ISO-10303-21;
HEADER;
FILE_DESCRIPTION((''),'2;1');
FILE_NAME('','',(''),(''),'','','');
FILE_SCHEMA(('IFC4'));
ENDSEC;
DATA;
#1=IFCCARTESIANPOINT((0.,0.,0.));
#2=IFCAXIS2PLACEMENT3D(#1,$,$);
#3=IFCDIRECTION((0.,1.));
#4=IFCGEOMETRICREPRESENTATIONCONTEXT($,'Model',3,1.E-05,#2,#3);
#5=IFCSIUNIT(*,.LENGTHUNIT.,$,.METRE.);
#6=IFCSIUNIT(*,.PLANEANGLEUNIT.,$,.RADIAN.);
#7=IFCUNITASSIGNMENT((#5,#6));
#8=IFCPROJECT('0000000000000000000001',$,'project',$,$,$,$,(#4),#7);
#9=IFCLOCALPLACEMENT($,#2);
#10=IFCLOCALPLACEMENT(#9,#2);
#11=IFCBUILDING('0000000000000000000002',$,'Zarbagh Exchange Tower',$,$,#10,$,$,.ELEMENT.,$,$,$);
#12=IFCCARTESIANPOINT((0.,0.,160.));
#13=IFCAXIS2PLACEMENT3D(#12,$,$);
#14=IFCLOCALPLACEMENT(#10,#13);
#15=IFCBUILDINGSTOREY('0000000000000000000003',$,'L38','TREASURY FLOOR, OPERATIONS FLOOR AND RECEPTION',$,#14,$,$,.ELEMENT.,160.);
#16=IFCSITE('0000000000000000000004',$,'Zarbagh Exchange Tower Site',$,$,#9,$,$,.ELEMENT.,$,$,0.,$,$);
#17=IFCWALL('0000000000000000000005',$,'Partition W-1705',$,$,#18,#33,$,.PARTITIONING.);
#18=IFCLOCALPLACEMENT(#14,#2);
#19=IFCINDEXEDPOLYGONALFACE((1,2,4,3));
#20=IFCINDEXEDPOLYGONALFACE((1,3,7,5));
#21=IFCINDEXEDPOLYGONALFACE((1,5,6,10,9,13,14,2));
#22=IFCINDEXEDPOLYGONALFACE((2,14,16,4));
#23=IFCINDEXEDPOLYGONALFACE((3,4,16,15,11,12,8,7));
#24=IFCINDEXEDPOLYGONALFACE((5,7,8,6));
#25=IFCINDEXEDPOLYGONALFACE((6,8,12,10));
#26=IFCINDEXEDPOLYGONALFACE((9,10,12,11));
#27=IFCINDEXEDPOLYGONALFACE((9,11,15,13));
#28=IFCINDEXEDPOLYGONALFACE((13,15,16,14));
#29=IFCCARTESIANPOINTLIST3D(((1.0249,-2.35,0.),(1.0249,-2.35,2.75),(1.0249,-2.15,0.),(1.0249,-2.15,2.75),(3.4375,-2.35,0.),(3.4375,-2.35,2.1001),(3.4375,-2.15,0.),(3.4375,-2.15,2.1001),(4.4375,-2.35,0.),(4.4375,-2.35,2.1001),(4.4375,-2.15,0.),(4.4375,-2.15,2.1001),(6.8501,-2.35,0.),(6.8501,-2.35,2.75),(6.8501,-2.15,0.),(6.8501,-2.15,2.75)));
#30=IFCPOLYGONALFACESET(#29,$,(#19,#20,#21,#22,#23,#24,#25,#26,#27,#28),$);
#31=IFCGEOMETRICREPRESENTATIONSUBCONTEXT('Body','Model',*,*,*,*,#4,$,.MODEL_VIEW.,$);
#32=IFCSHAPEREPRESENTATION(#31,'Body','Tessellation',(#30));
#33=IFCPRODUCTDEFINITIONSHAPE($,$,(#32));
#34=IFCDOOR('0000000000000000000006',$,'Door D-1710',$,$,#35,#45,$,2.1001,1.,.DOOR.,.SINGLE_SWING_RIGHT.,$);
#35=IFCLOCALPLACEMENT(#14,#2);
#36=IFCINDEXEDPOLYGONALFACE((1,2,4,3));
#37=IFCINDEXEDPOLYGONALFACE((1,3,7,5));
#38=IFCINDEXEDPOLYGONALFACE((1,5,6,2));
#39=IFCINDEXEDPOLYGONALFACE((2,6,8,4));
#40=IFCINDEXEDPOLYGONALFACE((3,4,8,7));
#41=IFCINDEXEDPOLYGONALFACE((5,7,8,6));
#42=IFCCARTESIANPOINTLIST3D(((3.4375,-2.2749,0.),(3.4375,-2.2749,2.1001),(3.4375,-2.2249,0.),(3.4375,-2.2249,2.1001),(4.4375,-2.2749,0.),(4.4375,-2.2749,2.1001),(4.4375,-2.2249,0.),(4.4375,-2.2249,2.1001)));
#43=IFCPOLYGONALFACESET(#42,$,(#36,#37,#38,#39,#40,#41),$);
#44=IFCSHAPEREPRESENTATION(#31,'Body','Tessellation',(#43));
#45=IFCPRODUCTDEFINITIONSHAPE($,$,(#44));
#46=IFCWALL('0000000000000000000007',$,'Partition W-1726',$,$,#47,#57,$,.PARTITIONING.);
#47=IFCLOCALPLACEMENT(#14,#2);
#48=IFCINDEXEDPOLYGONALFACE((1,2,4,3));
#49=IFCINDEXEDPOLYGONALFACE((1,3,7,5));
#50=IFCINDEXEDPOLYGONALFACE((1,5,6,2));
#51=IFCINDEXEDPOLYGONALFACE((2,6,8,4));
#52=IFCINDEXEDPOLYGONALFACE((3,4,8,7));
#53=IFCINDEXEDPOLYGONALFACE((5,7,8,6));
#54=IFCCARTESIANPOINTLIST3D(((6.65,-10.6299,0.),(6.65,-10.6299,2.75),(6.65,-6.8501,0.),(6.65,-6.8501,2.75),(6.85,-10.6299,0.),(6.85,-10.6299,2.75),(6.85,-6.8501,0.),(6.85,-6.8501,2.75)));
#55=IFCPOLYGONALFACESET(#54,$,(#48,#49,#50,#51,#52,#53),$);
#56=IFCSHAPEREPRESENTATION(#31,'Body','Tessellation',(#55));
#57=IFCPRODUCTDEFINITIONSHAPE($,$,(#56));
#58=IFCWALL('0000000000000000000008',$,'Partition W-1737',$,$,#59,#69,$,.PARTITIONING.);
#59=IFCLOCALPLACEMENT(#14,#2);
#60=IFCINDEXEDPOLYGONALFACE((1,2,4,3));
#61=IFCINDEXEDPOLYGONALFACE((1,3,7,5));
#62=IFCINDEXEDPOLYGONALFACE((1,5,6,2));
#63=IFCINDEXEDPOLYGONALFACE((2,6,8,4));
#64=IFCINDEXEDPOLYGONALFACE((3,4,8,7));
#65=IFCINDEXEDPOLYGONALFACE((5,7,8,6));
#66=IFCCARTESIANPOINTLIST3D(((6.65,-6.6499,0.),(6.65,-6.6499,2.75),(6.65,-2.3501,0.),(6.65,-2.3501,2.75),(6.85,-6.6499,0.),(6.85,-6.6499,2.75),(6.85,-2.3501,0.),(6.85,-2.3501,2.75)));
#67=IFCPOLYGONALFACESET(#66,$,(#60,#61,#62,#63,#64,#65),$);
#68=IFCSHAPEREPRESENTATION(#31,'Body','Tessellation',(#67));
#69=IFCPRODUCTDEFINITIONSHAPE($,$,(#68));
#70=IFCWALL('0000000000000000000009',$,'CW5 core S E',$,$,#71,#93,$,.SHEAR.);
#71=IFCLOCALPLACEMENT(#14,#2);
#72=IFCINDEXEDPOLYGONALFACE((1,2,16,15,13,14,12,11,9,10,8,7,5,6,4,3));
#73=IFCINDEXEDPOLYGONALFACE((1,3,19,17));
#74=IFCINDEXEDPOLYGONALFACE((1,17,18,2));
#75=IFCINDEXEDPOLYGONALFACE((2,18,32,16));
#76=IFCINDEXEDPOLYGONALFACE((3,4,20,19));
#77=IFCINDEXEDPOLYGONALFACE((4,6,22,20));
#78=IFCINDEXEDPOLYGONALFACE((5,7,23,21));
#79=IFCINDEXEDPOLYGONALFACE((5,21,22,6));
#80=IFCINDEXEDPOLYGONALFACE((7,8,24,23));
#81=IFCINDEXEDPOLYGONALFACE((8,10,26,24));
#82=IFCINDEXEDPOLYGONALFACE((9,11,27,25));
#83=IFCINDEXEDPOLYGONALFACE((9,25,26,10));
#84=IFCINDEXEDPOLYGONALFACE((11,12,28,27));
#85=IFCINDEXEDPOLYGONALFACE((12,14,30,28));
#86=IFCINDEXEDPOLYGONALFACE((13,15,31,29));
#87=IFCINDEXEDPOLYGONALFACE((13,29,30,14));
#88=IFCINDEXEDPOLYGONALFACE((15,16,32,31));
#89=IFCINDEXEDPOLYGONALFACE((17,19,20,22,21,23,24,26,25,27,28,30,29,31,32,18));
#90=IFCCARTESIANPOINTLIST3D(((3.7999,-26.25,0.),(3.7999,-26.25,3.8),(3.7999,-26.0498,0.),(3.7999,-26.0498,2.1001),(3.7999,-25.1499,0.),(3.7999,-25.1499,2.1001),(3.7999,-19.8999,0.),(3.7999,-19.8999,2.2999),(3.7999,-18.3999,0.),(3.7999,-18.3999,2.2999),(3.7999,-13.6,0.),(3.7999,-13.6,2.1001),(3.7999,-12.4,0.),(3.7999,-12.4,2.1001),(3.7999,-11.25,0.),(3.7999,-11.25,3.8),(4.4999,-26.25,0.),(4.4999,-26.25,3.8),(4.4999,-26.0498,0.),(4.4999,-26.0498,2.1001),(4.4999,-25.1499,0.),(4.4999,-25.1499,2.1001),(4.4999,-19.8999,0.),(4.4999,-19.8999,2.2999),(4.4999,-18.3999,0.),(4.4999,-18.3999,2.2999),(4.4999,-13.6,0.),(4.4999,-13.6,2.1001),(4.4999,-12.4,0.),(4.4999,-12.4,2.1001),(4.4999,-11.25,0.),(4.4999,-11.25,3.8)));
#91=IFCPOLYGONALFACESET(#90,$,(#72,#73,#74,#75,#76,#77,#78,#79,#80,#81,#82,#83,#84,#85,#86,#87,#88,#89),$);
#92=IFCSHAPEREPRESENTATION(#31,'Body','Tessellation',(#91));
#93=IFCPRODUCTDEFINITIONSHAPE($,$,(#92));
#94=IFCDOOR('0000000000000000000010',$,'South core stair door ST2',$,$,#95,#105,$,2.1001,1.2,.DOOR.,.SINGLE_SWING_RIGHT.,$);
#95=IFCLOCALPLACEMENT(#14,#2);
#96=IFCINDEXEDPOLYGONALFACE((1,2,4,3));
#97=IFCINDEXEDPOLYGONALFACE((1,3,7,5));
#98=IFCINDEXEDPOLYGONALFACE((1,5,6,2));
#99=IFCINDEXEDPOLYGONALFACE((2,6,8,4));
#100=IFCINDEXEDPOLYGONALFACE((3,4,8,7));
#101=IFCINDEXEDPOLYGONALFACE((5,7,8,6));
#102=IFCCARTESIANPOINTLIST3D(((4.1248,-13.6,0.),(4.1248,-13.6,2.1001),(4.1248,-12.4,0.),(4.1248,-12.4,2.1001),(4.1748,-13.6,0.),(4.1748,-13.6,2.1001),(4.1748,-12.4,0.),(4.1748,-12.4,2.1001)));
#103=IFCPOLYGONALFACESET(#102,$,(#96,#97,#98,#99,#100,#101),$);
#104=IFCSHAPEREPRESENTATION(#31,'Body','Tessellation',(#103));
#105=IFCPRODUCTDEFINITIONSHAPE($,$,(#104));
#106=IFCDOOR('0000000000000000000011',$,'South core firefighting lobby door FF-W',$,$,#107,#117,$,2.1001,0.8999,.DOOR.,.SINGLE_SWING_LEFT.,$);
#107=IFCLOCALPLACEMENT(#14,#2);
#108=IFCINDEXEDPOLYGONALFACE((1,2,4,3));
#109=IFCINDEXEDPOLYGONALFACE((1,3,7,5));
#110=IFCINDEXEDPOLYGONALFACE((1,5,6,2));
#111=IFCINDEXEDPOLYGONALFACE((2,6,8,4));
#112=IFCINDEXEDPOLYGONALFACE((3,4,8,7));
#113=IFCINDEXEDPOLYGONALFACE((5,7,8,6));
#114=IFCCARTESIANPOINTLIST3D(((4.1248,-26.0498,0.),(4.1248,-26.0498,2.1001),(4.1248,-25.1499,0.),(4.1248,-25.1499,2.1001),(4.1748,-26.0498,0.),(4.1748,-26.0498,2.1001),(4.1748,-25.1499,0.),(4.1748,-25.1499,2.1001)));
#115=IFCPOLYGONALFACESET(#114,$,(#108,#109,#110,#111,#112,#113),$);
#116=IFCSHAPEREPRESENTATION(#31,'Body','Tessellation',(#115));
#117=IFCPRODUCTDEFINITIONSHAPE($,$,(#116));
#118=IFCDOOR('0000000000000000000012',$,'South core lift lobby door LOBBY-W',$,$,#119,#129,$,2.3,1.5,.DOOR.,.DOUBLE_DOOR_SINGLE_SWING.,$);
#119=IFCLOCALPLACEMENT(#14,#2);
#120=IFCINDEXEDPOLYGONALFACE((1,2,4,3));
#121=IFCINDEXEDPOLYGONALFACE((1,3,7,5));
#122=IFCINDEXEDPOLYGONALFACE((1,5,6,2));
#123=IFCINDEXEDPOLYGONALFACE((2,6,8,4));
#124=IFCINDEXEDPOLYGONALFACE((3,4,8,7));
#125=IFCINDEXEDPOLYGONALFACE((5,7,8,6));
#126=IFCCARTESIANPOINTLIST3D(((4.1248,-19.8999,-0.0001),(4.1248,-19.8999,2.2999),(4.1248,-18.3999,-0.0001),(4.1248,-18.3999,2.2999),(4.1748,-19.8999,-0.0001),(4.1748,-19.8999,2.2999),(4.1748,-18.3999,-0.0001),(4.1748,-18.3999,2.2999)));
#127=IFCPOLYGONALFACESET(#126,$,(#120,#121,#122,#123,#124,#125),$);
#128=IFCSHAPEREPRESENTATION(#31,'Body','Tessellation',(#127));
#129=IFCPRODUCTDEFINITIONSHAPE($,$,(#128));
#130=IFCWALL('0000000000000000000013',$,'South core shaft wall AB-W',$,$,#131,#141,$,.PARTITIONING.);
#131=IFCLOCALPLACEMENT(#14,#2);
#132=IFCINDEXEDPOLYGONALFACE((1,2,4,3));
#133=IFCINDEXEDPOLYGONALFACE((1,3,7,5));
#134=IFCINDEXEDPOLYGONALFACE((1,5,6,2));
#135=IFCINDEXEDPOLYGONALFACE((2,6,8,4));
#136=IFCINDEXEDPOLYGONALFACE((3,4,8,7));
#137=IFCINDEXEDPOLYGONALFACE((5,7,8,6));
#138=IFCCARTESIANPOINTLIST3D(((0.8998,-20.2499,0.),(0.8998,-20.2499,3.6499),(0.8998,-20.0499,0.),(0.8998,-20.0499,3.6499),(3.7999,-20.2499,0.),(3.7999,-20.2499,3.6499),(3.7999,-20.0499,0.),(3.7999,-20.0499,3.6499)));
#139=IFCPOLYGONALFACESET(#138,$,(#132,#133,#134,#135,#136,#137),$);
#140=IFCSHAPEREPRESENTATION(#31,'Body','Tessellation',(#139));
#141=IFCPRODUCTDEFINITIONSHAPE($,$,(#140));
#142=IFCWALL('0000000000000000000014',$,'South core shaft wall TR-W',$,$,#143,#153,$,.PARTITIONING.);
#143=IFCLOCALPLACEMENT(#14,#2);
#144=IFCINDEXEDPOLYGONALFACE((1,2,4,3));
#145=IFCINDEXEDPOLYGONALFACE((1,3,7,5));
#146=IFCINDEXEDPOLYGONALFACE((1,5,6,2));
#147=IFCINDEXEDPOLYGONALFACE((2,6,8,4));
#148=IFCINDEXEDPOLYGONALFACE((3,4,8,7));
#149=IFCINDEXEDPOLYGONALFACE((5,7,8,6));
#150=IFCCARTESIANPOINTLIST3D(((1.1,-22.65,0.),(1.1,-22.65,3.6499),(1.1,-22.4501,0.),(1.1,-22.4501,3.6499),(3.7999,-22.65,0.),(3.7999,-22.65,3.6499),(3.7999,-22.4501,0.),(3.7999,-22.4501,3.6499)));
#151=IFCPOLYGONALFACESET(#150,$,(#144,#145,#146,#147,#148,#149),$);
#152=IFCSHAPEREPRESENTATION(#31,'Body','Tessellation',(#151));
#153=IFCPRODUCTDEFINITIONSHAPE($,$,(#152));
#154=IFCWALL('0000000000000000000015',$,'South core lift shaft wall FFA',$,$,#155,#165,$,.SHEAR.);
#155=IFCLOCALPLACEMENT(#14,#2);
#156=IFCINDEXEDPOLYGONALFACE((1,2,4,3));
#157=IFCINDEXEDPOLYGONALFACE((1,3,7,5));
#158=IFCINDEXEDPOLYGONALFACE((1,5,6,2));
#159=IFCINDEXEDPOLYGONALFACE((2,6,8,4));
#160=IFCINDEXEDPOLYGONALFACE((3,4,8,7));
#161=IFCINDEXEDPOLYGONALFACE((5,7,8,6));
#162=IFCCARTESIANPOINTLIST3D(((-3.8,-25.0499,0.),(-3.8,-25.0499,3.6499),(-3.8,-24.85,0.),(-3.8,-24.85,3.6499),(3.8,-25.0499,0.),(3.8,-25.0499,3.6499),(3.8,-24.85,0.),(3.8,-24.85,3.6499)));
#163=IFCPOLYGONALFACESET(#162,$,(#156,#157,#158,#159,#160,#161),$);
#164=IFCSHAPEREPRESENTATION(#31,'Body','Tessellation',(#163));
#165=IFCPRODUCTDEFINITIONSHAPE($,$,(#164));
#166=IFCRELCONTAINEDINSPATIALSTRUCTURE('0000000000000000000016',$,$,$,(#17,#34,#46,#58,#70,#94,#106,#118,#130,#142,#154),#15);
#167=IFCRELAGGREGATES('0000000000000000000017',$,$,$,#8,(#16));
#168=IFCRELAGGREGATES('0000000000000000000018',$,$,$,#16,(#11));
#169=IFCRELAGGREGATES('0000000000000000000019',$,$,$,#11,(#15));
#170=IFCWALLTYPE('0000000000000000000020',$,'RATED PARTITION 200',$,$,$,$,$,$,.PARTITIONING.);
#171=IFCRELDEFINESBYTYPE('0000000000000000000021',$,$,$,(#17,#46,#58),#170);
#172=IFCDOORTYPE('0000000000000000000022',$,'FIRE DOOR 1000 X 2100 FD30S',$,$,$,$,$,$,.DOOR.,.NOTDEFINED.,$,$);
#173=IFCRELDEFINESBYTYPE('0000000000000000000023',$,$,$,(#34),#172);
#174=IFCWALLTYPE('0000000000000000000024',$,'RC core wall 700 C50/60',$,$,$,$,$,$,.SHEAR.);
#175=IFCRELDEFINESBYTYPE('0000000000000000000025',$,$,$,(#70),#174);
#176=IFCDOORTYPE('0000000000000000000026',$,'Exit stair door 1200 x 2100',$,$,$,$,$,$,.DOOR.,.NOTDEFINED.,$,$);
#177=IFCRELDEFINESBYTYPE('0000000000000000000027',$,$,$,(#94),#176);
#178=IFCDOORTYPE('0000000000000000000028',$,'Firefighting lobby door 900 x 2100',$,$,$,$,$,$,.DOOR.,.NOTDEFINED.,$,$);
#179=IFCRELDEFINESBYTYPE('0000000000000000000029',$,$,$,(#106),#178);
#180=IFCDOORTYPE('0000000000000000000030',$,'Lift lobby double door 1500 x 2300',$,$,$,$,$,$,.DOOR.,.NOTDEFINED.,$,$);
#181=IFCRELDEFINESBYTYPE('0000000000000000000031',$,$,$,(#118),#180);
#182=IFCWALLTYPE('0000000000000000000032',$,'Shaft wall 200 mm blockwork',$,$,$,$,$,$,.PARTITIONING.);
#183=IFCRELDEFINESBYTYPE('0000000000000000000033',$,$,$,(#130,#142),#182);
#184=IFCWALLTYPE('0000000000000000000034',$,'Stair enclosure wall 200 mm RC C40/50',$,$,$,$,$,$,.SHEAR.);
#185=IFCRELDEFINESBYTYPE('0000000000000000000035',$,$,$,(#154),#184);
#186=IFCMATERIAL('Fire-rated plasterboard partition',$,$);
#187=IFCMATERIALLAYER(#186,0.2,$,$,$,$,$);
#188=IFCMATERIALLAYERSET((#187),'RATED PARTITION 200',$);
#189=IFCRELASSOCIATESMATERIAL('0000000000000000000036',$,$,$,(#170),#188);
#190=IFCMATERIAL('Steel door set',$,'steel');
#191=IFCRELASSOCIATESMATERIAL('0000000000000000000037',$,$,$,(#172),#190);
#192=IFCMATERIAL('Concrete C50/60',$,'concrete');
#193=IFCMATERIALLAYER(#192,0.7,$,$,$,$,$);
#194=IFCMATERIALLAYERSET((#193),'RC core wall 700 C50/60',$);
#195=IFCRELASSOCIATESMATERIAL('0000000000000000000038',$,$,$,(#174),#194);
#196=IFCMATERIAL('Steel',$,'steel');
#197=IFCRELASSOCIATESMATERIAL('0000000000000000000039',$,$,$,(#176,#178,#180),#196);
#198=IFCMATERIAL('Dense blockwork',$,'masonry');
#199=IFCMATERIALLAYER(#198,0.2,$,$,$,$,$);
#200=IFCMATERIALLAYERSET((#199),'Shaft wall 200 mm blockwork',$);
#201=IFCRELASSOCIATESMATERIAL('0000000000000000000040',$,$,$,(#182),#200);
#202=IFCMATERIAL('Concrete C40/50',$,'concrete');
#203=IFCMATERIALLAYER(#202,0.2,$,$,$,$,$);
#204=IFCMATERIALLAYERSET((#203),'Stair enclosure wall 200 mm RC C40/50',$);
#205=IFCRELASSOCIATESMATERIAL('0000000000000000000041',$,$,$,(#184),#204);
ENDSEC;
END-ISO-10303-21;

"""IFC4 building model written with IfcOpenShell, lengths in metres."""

from ifc_helpers import new_model, si_unit, direction, frame, frame_2d, origin, place, context, subcontext, project, spatial, rectangle, extrude, material, layer, layer_set, type_object, element, fill, save


model = new_model("IFC4")

# Units and contexts
model_context = context("Model", 3, precision=1e-05, world=origin(), true_north=direction((0.0, 1.0)))
body_context = subcontext(model_context, "Body", "Model", "MODEL_VIEW")
ifc_project = project(units=[si_unit("LENGTHUNIT", "METRE"), si_unit("PLANEANGLEUNIT", "RADIAN")], contexts=[model_context])

# Site, building, storey
site_placement = place(None, origin())
site = spatial("IfcSite", under=ifc_project, at=site_placement, Name="Zarbagh Exchange Tower Site", CompositionType="ELEMENT", RefElevation=0.0)
building_placement = place(site_placement, origin())
building = spatial("IfcBuilding", under=site, at=building_placement, Name="Zarbagh Exchange Tower", CompositionType="ELEMENT")
storey_placement = place(building_placement, frame((0.0, 0.0, 160.0)))
storey = spatial("IfcBuildingStorey", under=building, at=storey_placement, Name="L38", Description="TREASURY FLOOR, OPERATIONS FLOOR AND RECEPTION", CompositionType="ELEMENT", Elevation=160.0)

# Shared definitions
ifc_material_1 = material(Name="Concrete C50/60", Category="concrete")

# Wall, opening, door
ifc_material_2 = material(Name="Fire-rated plasterboard partition")
ifc_layer_1 = layer(ifc_material_2, 0.2)
ifc_layer_set_1 = layer_set([ifc_layer_1], Name="RATED PARTITION 200")
wall_type_1 = type_object("IfcWallType", Name="RATED PARTITION 200", PredefinedType="PARTITIONING", material=ifc_layer_set_1)
wall_1_placement = place(storey_placement, frame((6.8501, -2.25, 0.0), z_axis=(0.0, 0.0, 1.0), x_axis=(-1.0, 0.0, 0.0)))
wall_1 = element("IfcWall", 1, at=wall_1_placement, inside=storey, type_object=wall_type_1, Name="Partition W-1705", PredefinedType="PARTITIONING", context=body_context, shape_type="SweptSolid", body=[
    extrude(rectangle(XDim=5.8252, YDim=0.2, at=frame_2d((2.9126, 0.0))), origin(), (0.0, 0.0, 1.0), 2.75),
])
opening_1_placement = place(wall_1_placement, frame((2.4126, 0.0, 0.0)))
opening_1 = element("IfcOpeningElement", 2, at=opening_1_placement, cuts=wall_1, PredefinedType="OPENING", context=body_context, shape_type="SweptSolid", body=[
    extrude(rectangle(XDim=1.0, YDim=2.1001, at=frame_2d((0.5, 1.05))), frame((0.0, 0.1099, 0.0), z_axis=(0.0, -1.0, 0.0), x_axis=(1.0, 0.0, 0.0)), (0.0, 0.0, 1.0), 0.22),
])
ifc_material_3 = material(Name="Steel door set", Category="steel")
door_type_1 = type_object("IfcDoorType", Name="FIRE DOOR 1000 X 2100 FD30S", OperationType="NOTDEFINED", PredefinedType="DOOR", material=ifc_material_3)
door_1_placement = place(opening_1_placement, origin())
door_1 = element("IfcDoor", 3, at=door_1_placement, inside=storey, type_object=door_type_1, Name="Door D-1710", OperationType="SINGLE_SWING_RIGHT", OverallHeight=2.1001, OverallWidth=1.0, PredefinedType="DOOR", context=body_context, shape_type="SweptSolid", body=[
    extrude(rectangle(XDim=1.0, YDim=2.1001, at=frame_2d((0.5, 1.05))), frame((0.0, 0.0249, 0.0), z_axis=(0.0, -1.0, 0.0), x_axis=(1.0, 0.0, 0.0)), (0.0, 0.0, 1.0), 0.05),
])
fill(opening_1, door_1)

# Walls
wall_2_placement = place(storey_placement, frame((6.75, -10.6299, 0.0), z_axis=(0.0, 0.0, 1.0), x_axis=(0.0, 1.0, 0.0)))
element("IfcWall", 4, at=wall_2_placement, inside=storey, type_object=wall_type_1, Name="Partition W-1726", PredefinedType="PARTITIONING", context=body_context, shape_type="SweptSolid", body=[
    extrude(rectangle(XDim=3.7798, YDim=0.2, at=frame_2d((1.8899, 0.0))), origin(), (0.0, 0.0, 1.0), 2.75),
])
wall_3_placement = place(storey_placement, frame((6.75, -6.6499, 0.0), z_axis=(0.0, 0.0, 1.0), x_axis=(0.0, 1.0, 0.0)))
element("IfcWall", 5, at=wall_3_placement, inside=storey, type_object=wall_type_1, Name="Partition W-1737", PredefinedType="PARTITIONING", context=body_context, shape_type="SweptSolid", body=[
    extrude(rectangle(XDim=4.2998, YDim=0.2, at=frame_2d((2.1499, 0.0))), origin(), (0.0, 0.0, 1.0), 2.75),
])

# Wall, openings, doors
ifc_layer_2 = layer(ifc_material_1, 0.7)
ifc_layer_set_2 = layer_set([ifc_layer_2], Name="RC core wall 700 C50/60")
wall_type_2 = type_object("IfcWallType", Name="RC core wall 700 C50/60", PredefinedType="SHEAR", material=ifc_layer_set_2)
wall_4_placement = place(storey_placement, frame((4.1499, -11.25, 0.0), z_axis=(0.0, 0.0, 1.0), x_axis=(0.0, -1.0, 0.0)))
wall_4 = element("IfcWall", 6, at=wall_4_placement, inside=storey, type_object=wall_type_2, Name="CW5 core S E", PredefinedType="SHEAR", context=body_context, shape_type="SweptSolid", body=[
    extrude(rectangle(XDim=15.0, YDim=0.7, at=frame_2d((7.5, 0.0))), origin(), (0.0, 0.0, 1.0), 3.8),
])
opening_2_placement = place(wall_4_placement, frame((7.1499, 0.0, 0.0)))
opening_2 = element("IfcOpeningElement", 7, at=opening_2_placement, cuts=wall_4, PredefinedType="OPENING", context=body_context, shape_type="SweptSolid", body=[
    extrude(rectangle(XDim=1.5, YDim=2.3, at=frame_2d((0.75, 1.1499))), frame((0.0, 0.3599, 0.0), z_axis=(0.0, -1.0, 0.0), x_axis=(1.0, 0.0, 0.0)), (0.0, 0.0, 1.0), 0.72),
])
opening_3_placement = place(wall_4_placement, frame((13.8999, 0.0, 0.0)))
opening_3 = element("IfcOpeningElement", 8, at=opening_3_placement, cuts=wall_4, PredefinedType="OPENING", context=body_context, shape_type="SweptSolid", body=[
    extrude(rectangle(XDim=0.8999, YDim=2.1001, at=frame_2d((0.45, 1.05))), frame((0.0, 0.3599, 0.0), z_axis=(0.0, -1.0, 0.0), x_axis=(1.0, 0.0, 0.0)), (0.0, 0.0, 1.0), 0.72),
])
opening_4_placement = place(wall_4_placement, frame((1.1499, 0.0, 0.0)))
opening_4 = element("IfcOpeningElement", 9, at=opening_4_placement, cuts=wall_4, PredefinedType="OPENING", context=body_context, shape_type="SweptSolid", body=[
    extrude(rectangle(XDim=1.2, YDim=2.1001, at=frame_2d((0.6001, 1.05))), frame((0.0, 0.3599, 0.0), z_axis=(0.0, -1.0, 0.0), x_axis=(1.0, 0.0, 0.0)), (0.0, 0.0, 1.0), 0.72),
])
ifc_material_4 = material(Name="Steel", Category="steel")
door_type_2 = type_object("IfcDoorType", Name="Exit stair door 1200 x 2100", OperationType="NOTDEFINED", PredefinedType="DOOR", material=ifc_material_4)
door_2_placement = place(opening_4_placement, origin())
door_2 = element("IfcDoor", 10, at=door_2_placement, inside=storey, type_object=door_type_2, Name="South core stair door ST2", OperationType="SINGLE_SWING_RIGHT", OverallHeight=2.1001, OverallWidth=1.2, PredefinedType="DOOR", context=body_context, shape_type="SweptSolid", body=[
    extrude(rectangle(XDim=1.2, YDim=2.1001, at=frame_2d((0.6001, 1.05))), frame((0.0, 0.0249, 0.0), z_axis=(0.0, -1.0, 0.0), x_axis=(1.0, 0.0, 0.0)), (0.0, 0.0, 1.0), 0.05),
])
fill(opening_4, door_2)
door_type_3 = type_object("IfcDoorType", Name="Firefighting lobby door 900 x 2100", OperationType="NOTDEFINED", PredefinedType="DOOR", material=ifc_material_4)
door_3_placement = place(opening_3_placement, origin())
door_3 = element("IfcDoor", 11, at=door_3_placement, inside=storey, type_object=door_type_3, Name="South core firefighting lobby door FF-W", OperationType="SINGLE_SWING_LEFT", OverallHeight=2.1001, OverallWidth=0.8999, PredefinedType="DOOR", context=body_context, shape_type="SweptSolid", body=[
    extrude(rectangle(XDim=0.8999, YDim=2.1001, at=frame_2d((0.45, 1.05))), frame((0.0, 0.0249, 0.0), z_axis=(0.0, -1.0, 0.0), x_axis=(1.0, 0.0, 0.0)), (0.0, 0.0, 1.0), 0.05),
])
fill(opening_3, door_3)
door_type_4 = type_object("IfcDoorType", Name="Lift lobby double door 1500 x 2300", OperationType="NOTDEFINED", PredefinedType="DOOR", material=ifc_material_4)
door_4_placement = place(opening_2_placement, origin())
door_4 = element("IfcDoor", 12, at=door_4_placement, inside=storey, type_object=door_type_4, Name="South core lift lobby door LOBBY-W", OperationType="DOUBLE_DOOR_SINGLE_SWING", OverallHeight=2.3, OverallWidth=1.5, PredefinedType="DOOR", context=body_context, shape_type="SweptSolid", body=[
    extrude(rectangle(XDim=1.5, YDim=2.3, at=frame_2d((0.75, 1.1499))), frame((0.0, 0.0249, 0.0), z_axis=(0.0, -1.0, 0.0), x_axis=(1.0, 0.0, 0.0)), (0.0, 0.0, 1.0), 0.05),
])
fill(opening_2, door_4)

# Walls
ifc_material_5 = material(Name="Dense blockwork", Category="masonry")
ifc_layer_3 = layer(ifc_material_5, 0.2)
ifc_layer_set_3 = layer_set([ifc_layer_3], Name="Shaft wall 200 mm blockwork")
wall_type_3 = type_object("IfcWallType", Name="Shaft wall 200 mm blockwork", PredefinedType="PARTITIONING", material=ifc_layer_set_3)
wall_5_placement = place(storey_placement, frame((3.8, -20.1499, 0.0), z_axis=(0.0, 0.0, 1.0), x_axis=(-1.0, 0.0, 0.0)))
element("IfcWall", 13, at=wall_5_placement, inside=storey, type_object=wall_type_3, Name="South core shaft wall AB-W", PredefinedType="PARTITIONING", context=body_context, shape_type="SweptSolid", body=[
    extrude(rectangle(XDim=2.9001, YDim=0.2, at=frame_2d((1.4502, 0.0))), origin(), (0.0, 0.0, 1.0), 3.6499),
])
wall_6_placement = place(storey_placement, frame((3.8, -22.55, 0.0), z_axis=(0.0, 0.0, 1.0), x_axis=(-1.0, 0.0, 0.0)))
element("IfcWall", 14, at=wall_6_placement, inside=storey, type_object=wall_type_3, Name="South core shaft wall TR-W", PredefinedType="PARTITIONING", context=body_context, shape_type="SweptSolid", body=[
    extrude(rectangle(XDim=2.7, YDim=0.2, at=frame_2d((1.3501, 0.0))), origin(), (0.0, 0.0, 1.0), 3.6499),
])
ifc_material_6 = material(Name="Concrete C40/50", Category="concrete")
ifc_layer_4 = layer(ifc_material_6, 0.2)
ifc_layer_set_4 = layer_set([ifc_layer_4], Name="Stair enclosure wall 200 mm RC C40/50")
wall_type_4 = type_object("IfcWallType", Name="Stair enclosure wall 200 mm RC C40/50", PredefinedType="SHEAR", material=ifc_layer_set_4)
for number, where, z_axis, x_axis, name in (
    (15, (3.8, -24.95, 0.0), (0.0, 0.0, 1.0), (-1.0, 0.0, 0.0), "South core lift shaft wall FFA"),
):
    element("IfcWall", number, at=place(storey_placement, frame(where, z_axis=z_axis, x_axis=x_axis)), inside=storey, type_object=wall_type_4, Name=name, PredefinedType="SHEAR", context=body_context, shape_type="SweptSolid", body=[
        extrude(rectangle(XDim=7.6001, YDim=0.2, at=frame_2d((3.8, 0.0))), origin(), (0.0, 0.0, 1.0), 3.6499),
    ])

save(model, "model.ifc")
